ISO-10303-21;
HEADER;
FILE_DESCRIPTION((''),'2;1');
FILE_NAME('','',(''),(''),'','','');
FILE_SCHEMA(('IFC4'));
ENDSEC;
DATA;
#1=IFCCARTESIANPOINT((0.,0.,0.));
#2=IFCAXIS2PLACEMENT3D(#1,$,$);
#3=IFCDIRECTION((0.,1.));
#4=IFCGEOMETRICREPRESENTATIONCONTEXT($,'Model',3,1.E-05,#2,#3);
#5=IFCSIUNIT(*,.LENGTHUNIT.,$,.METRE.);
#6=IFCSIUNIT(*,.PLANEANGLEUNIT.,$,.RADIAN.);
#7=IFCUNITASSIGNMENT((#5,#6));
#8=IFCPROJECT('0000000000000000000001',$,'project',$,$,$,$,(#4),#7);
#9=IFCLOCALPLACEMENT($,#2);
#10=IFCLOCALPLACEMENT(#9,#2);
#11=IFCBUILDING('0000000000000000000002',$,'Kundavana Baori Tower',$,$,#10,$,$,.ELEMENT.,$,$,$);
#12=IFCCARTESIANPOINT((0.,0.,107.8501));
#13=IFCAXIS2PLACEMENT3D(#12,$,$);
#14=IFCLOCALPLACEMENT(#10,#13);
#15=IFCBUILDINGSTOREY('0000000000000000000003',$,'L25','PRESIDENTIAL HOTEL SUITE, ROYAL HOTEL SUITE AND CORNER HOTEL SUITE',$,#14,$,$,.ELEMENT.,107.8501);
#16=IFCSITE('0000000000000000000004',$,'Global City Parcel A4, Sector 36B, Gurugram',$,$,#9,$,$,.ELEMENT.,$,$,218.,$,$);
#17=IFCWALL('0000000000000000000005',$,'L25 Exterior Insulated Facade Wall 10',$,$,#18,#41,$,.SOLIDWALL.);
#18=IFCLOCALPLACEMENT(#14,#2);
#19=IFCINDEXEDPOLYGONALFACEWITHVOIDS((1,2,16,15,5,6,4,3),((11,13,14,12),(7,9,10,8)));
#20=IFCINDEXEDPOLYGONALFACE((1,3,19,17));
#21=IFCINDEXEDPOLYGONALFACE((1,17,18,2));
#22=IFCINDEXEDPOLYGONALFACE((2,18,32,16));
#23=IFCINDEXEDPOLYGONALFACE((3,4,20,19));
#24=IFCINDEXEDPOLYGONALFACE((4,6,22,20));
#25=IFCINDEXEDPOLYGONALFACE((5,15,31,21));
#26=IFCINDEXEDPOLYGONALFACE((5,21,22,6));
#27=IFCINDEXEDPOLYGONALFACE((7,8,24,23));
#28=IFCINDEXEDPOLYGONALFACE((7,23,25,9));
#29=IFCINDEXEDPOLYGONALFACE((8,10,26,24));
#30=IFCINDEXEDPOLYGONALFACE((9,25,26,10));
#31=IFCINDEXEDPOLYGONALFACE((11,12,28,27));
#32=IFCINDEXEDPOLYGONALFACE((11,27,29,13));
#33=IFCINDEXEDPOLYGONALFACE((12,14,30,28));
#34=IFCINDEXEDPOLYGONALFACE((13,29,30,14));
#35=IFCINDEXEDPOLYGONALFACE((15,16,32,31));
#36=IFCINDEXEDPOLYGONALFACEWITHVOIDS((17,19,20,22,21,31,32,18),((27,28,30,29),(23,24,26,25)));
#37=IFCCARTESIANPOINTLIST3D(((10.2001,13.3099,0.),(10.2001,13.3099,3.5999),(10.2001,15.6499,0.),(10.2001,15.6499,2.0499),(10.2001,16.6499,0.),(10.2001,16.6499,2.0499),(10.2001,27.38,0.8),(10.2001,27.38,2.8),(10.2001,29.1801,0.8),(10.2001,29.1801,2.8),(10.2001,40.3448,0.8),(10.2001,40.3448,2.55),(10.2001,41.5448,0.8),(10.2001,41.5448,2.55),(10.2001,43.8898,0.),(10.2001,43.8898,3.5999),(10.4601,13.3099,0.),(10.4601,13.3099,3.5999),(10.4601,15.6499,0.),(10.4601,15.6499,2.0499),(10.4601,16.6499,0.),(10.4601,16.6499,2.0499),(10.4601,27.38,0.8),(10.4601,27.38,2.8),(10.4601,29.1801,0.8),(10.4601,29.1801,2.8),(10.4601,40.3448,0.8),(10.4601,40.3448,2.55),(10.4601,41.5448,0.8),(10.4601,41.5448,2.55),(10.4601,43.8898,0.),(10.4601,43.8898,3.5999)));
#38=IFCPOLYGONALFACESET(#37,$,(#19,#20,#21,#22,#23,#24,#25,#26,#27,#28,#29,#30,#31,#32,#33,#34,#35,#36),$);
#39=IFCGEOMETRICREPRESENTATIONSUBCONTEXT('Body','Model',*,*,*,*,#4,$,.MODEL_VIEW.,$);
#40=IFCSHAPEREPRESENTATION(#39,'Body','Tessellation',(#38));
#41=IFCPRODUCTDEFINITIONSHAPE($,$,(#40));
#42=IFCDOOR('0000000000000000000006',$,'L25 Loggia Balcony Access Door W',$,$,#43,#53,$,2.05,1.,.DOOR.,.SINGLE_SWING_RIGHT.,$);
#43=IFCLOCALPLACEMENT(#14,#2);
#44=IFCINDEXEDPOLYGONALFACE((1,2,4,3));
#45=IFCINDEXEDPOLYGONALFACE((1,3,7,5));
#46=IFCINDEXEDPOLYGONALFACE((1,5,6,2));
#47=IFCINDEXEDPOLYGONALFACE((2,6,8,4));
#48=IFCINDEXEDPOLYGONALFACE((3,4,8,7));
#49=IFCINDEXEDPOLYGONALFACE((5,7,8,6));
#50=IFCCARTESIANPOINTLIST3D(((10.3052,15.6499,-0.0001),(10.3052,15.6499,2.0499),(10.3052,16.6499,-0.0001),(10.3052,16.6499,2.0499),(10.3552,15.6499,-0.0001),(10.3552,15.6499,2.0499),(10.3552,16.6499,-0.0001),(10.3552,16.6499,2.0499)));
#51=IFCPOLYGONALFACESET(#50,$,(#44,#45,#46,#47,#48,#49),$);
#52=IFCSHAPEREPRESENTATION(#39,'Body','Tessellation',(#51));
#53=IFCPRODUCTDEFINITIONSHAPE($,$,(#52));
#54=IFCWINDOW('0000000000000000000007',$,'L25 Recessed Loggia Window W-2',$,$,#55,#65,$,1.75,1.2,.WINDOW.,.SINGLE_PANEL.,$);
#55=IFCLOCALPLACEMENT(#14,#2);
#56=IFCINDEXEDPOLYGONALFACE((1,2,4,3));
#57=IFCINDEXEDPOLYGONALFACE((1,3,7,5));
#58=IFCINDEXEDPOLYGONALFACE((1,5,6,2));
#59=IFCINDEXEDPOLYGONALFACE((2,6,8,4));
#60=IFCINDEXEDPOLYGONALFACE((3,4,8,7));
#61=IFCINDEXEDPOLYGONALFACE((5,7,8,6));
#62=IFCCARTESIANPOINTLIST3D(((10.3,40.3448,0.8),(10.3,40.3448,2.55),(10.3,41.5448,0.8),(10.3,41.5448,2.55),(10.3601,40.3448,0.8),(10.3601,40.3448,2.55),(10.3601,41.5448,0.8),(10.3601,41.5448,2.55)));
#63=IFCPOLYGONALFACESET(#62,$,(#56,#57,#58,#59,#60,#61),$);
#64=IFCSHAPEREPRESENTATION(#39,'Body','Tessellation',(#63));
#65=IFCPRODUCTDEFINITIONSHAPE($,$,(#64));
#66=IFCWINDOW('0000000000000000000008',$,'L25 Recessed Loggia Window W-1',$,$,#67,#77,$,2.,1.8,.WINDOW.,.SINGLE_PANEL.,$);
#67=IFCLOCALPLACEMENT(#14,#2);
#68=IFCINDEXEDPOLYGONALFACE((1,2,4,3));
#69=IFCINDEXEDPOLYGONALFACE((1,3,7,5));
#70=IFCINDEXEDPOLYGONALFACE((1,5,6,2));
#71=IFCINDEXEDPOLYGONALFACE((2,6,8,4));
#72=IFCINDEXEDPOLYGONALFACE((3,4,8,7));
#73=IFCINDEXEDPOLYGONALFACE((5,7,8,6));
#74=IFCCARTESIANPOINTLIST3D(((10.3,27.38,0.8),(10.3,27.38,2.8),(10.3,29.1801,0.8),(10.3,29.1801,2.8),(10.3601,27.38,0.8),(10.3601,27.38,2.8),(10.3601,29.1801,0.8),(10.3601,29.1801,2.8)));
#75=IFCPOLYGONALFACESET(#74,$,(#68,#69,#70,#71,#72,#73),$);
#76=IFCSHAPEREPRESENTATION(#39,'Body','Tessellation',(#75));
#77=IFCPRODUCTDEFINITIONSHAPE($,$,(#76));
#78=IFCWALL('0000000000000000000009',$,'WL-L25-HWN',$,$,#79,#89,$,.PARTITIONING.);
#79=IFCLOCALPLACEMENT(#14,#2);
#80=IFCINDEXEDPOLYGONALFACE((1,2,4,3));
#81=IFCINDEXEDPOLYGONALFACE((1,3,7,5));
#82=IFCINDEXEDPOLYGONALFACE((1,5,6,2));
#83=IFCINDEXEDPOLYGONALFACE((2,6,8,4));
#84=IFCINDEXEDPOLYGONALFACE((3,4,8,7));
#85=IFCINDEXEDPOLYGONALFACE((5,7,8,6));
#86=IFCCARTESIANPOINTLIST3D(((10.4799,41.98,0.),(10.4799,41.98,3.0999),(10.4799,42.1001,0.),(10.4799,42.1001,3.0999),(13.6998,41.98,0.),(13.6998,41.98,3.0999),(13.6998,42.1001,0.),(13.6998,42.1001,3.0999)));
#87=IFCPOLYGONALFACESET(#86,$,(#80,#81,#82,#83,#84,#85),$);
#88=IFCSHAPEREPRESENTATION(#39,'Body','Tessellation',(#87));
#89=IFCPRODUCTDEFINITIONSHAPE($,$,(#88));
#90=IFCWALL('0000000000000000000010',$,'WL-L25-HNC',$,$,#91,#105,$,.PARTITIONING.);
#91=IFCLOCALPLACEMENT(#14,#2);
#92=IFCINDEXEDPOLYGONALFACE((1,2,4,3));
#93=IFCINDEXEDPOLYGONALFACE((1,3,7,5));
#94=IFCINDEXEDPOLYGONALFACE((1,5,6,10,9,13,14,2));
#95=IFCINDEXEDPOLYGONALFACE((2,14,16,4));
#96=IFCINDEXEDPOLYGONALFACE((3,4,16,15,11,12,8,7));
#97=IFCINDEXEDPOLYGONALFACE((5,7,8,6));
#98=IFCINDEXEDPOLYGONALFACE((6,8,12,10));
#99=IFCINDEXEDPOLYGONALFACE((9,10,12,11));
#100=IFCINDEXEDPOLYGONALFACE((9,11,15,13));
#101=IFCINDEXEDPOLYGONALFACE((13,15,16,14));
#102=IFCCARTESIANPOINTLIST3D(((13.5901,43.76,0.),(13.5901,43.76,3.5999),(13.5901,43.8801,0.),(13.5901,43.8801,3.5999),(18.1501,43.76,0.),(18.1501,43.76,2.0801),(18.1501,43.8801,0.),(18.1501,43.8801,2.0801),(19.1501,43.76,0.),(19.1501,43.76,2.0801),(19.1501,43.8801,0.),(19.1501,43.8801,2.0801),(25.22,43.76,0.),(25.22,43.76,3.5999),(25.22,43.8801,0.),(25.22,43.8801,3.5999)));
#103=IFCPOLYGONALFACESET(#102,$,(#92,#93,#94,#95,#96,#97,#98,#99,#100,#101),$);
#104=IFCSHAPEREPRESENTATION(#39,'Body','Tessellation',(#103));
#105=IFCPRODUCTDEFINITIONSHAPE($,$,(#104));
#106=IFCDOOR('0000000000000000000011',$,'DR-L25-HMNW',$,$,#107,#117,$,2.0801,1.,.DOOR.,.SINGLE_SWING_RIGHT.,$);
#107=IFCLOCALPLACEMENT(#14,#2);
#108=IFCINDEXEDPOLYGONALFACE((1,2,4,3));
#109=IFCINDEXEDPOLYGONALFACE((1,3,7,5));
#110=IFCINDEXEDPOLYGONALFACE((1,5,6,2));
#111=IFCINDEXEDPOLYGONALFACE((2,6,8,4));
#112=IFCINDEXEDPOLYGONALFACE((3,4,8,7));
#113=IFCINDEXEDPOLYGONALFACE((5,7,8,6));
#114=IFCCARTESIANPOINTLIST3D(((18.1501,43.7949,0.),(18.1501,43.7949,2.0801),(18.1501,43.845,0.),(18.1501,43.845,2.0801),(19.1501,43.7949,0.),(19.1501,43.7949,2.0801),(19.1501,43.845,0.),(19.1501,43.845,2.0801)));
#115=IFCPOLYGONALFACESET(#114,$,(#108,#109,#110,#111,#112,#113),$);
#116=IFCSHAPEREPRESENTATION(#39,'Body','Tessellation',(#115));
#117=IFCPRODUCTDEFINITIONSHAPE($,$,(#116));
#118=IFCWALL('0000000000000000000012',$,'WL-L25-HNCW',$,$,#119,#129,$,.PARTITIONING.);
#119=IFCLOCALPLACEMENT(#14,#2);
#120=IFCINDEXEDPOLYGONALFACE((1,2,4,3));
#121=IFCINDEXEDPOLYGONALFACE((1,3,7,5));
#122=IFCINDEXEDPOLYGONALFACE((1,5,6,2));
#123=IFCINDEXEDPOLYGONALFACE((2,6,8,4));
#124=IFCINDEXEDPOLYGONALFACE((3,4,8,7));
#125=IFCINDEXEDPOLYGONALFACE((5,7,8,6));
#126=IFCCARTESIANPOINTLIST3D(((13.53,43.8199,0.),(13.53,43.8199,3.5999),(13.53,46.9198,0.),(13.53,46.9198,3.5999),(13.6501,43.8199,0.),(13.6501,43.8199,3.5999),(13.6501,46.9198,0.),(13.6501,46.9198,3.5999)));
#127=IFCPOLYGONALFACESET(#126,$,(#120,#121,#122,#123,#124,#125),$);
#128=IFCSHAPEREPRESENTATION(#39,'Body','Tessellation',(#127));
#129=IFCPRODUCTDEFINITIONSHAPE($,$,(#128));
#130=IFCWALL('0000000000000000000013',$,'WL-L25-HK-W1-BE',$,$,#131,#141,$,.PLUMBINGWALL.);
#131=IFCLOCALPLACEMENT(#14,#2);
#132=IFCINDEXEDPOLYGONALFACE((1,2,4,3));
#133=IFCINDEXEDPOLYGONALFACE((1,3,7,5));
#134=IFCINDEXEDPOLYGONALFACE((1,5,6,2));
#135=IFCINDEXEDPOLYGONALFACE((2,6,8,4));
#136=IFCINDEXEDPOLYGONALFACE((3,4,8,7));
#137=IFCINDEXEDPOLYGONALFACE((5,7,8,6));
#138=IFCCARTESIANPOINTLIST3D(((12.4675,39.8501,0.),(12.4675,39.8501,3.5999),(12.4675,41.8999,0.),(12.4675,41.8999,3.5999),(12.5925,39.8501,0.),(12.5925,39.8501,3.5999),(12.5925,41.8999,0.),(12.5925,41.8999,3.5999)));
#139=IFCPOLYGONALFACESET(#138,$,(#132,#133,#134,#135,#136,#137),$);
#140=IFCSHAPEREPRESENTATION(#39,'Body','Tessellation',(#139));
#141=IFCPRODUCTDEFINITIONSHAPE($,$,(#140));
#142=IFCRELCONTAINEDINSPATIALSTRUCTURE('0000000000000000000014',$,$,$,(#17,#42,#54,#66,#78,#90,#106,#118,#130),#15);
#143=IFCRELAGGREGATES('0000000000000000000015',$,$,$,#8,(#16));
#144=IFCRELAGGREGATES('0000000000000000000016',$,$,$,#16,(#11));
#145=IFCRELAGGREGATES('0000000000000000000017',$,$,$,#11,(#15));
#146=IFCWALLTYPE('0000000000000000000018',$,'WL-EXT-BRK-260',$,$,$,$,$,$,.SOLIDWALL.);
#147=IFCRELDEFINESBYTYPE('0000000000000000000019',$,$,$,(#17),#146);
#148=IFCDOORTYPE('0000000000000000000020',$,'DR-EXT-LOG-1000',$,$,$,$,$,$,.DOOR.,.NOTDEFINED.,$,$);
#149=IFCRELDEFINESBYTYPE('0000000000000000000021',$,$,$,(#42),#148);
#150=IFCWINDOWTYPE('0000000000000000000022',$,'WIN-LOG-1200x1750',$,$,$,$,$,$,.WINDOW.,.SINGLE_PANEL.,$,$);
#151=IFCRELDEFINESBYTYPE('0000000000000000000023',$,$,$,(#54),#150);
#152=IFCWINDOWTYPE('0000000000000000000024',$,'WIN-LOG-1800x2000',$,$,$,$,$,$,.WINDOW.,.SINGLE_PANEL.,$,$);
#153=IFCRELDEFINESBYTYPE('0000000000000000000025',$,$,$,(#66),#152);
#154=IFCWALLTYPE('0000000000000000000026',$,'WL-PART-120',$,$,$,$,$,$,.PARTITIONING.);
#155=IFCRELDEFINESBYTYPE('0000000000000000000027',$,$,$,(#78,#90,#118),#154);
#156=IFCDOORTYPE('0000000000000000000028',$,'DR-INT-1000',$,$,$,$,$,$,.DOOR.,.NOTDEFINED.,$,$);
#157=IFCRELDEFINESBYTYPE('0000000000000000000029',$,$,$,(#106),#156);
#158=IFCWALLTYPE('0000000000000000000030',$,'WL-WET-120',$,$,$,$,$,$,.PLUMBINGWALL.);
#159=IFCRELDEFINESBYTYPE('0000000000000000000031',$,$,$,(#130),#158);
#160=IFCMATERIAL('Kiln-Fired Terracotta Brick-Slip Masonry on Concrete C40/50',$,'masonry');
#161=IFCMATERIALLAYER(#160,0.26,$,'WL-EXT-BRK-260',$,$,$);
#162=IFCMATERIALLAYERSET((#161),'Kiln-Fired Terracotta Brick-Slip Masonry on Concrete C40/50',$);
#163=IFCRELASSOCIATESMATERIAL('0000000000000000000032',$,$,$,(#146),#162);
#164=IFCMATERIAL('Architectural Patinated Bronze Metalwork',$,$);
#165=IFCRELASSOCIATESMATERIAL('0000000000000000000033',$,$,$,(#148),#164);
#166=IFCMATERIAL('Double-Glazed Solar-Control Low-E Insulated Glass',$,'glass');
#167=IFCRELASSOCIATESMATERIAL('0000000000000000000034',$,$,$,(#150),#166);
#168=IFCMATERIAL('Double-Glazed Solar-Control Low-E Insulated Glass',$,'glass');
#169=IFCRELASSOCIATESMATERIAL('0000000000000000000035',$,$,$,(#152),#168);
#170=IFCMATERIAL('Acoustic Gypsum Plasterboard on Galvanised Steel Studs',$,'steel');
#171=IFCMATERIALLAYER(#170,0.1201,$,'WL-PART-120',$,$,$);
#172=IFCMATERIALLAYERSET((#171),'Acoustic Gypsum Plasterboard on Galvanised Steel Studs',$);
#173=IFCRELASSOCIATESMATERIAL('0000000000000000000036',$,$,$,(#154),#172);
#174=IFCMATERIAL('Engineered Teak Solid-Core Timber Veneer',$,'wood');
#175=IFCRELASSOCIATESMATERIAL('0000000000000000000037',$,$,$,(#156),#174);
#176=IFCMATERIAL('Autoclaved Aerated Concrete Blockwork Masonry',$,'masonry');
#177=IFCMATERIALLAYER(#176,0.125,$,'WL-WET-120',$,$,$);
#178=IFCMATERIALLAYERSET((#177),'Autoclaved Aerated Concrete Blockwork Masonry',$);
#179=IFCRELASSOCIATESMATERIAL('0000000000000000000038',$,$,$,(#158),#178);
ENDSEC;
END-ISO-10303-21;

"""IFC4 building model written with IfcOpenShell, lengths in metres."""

from ifc_helpers import new_model, si_unit, direction, frame, frame_2d, origin, place, context, subcontext, project, spatial, rectangle, extrude, material, layer, layer_set, type_object, element, fill, save


model = new_model("IFC4")

# Units and contexts
model_context = context("Model", 3, precision=1e-05, world=origin(), true_north=direction((0.0, 1.0)))
body_context = subcontext(model_context, "Body", "Model", "MODEL_VIEW")
ifc_project = project(units=[si_unit("LENGTHUNIT", "METRE"), si_unit("PLANEANGLEUNIT", "RADIAN")], contexts=[model_context])

# Site, building, storey
site_placement = place(None, origin())
site = spatial("IfcSite", under=ifc_project, at=site_placement, Name="Global City Parcel A4, Sector 36B, Gurugram", CompositionType="ELEMENT", RefElevation=218.0)
building_placement = place(site_placement, origin())
building = spatial("IfcBuilding", under=site, at=building_placement, Name="Kundavana Baori Tower", CompositionType="ELEMENT")
storey_placement = place(building_placement, frame((0.0, 0.0, 107.8501)))
storey = spatial("IfcBuildingStorey", under=building, at=storey_placement, Name="L25", Description="PRESIDENTIAL HOTEL SUITE, ROYAL HOTEL SUITE AND CORNER HOTEL SUITE", CompositionType="ELEMENT", Elevation=107.8501)

# Shared definitions
ifc_material_1 = material(Name="Kiln-Fired Terracotta Brick-Slip Masonry on Concrete C40/50", Category="masonry")
ifc_layer_1 = layer(ifc_material_1, 0.26, Name="WL-EXT-BRK-260")
ifc_layer_set_1 = layer_set([ifc_layer_1], Name="Kiln-Fired Terracotta Brick-Slip Masonry on Concrete C40/50")
wall_type_1 = type_object("IfcWallType", Name="WL-EXT-BRK-260", PredefinedType="SOLIDWALL", material=ifc_layer_set_1)

# Wall, openings, door, windows
wall_1_placement = place(storey_placement, frame((10.3301, 43.8899, 0.0), z_axis=(0.0, 0.0, 1.0), x_axis=(0.0, -1.0, 0.0)))
wall_1 = element("IfcWall", 1, at=wall_1_placement, inside=storey, type_object=wall_type_1, Name="L25 Exterior Insulated Facade Wall 10", PredefinedType="SOLIDWALL", context=body_context, shape_type="SweptSolid", body=[
    extrude(rectangle(XDim=30.5798, YDim=0.26, at=frame_2d((15.29, 0.0))), origin(), (0.0, 0.0, 1.0), 3.5999),
])
opening_1_placement = place(wall_1_placement, frame((27.24, 0.0, 0.0)))
opening_1 = element("IfcOpeningElement", 2, at=opening_1_placement, cuts=wall_1, PredefinedType="OPENING", context=body_context, shape_type="SweptSolid", body=[
    extrude(rectangle(XDim=1.0, YDim=2.05, at=frame_2d((0.5, 1.0249))), frame((0.0, 0.1401, 0.0), z_axis=(0.0, -1.0, 0.0), x_axis=(1.0, 0.0, 0.0)), (0.0, 0.0, 1.0), 0.28),
])
opening_2_placement = place(wall_1_placement, frame((14.71, 0.0, 0.8)))
opening_2 = element("IfcOpeningElement", 3, at=opening_2_placement, cuts=wall_1, PredefinedType="OPENING", context=body_context, shape_type="SweptSolid", body=[
    extrude(rectangle(XDim=1.8, YDim=2.0, at=frame_2d((0.8999, 1.0))), frame((0.0, 0.1401, 0.0), z_axis=(0.0, -1.0, 0.0), x_axis=(1.0, 0.0, 0.0)), (0.0, 0.0, 1.0), 0.28),
])
opening_3_placement = place(wall_1_placement, frame((2.345, 0.0, 0.8)))
opening_3 = element("IfcOpeningElement", 4, at=opening_3_placement, cuts=wall_1, PredefinedType="OPENING", context=body_context, shape_type="SweptSolid", body=[
    extrude(rectangle(XDim=1.2, YDim=1.75, at=frame_2d((0.6001, 0.875))), frame((0.0, 0.1401, 0.0), z_axis=(0.0, -1.0, 0.0), x_axis=(1.0, 0.0, 0.0)), (0.0, 0.0, 1.0), 0.28),
])
ifc_material_2 = material(Name="Architectural Patinated Bronze Metalwork")
door_type_1 = type_object("IfcDoorType", Name="DR-EXT-LOG-1000", OperationType="NOTDEFINED", PredefinedType="DOOR", material=ifc_material_2)
door_1_placement = place(opening_1_placement, frame((1.0, 0.0, 0.0), z_axis=(0.0, 0.0, 1.0), x_axis=(-1.0, 0.0, 0.0)))
door_1 = element("IfcDoor", 5, at=door_1_placement, inside=storey, type_object=door_type_1, Name="L25 Loggia Balcony Access Door W", OperationType="SINGLE_SWING_RIGHT", OverallHeight=2.05, OverallWidth=1.0, PredefinedType="DOOR", context=body_context, shape_type="SweptSolid", body=[
    extrude(rectangle(XDim=1.0, YDim=2.05, at=frame_2d((0.5, 1.0249))), frame((0.0, 0.0249, 0.0), z_axis=(0.0, -1.0, 0.0), x_axis=(1.0, 0.0, 0.0)), (0.0, 0.0, 1.0), 0.05),
])
fill(opening_1, door_1)
ifc_material_3 = material(Name="Double-Glazed Solar-Control Low-E Insulated Glass", Category="glass")
window_type_1 = type_object("IfcWindowType", Name="WIN-LOG-1200x1750", PartitioningType="SINGLE_PANEL", PredefinedType="WINDOW", material=ifc_material_3)
window_1_placement = place(opening_3_placement, origin())
window_1 = element("IfcWindow", 6, at=window_1_placement, inside=storey, type_object=window_type_1, Name="L25 Recessed Loggia Window W-2", OverallHeight=1.75, OverallWidth=1.2, PartitioningType="SINGLE_PANEL", PredefinedType="WINDOW", context=body_context, shape_type="SweptSolid", body=[
    extrude(rectangle(XDim=1.2, YDim=1.75, at=frame_2d((0.6001, 0.875))), frame((0.0, 0.03, 0.0), z_axis=(0.0, -1.0, 0.0), x_axis=(1.0, 0.0, 0.0)), (0.0, 0.0, 1.0), 0.0601),
])
fill(opening_3, window_1)
ifc_material_4 = material(Name="Double-Glazed Solar-Control Low-E Insulated Glass", Category="glass")
window_type_2 = type_object("IfcWindowType", Name="WIN-LOG-1800x2000", PartitioningType="SINGLE_PANEL", PredefinedType="WINDOW", material=ifc_material_4)
window_2_placement = place(opening_2_placement, origin())
window_2 = element("IfcWindow", 7, at=window_2_placement, inside=storey, type_object=window_type_2, Name="L25 Recessed Loggia Window W-1", OverallHeight=2.0, OverallWidth=1.8, PartitioningType="SINGLE_PANEL", PredefinedType="WINDOW", context=body_context, shape_type="SweptSolid", body=[
    extrude(rectangle(XDim=1.8, YDim=2.0, at=frame_2d((0.8999, 1.0))), frame((0.0, 0.03, 0.0), z_axis=(0.0, -1.0, 0.0), x_axis=(1.0, 0.0, 0.0)), (0.0, 0.0, 1.0), 0.0601),
])
fill(opening_2, window_2)

# Wall
ifc_material_5 = material(Name="Acoustic Gypsum Plasterboard on Galvanised Steel Studs", Category="steel")
ifc_layer_2 = layer(ifc_material_5, 0.1201, Name="WL-PART-120")
ifc_layer_set_2 = layer_set([ifc_layer_2], Name="Acoustic Gypsum Plasterboard on Galvanised Steel Studs")
wall_type_2 = type_object("IfcWallType", Name="WL-PART-120", PredefinedType="PARTITIONING", material=ifc_layer_set_2)
wall_2_placement = place(storey_placement, frame((10.48, 42.04, 0.0), z_axis=(0.0, 0.0, 1.0), x_axis=(1.0, 0.0, 0.0)))
element("IfcWall", 8, at=wall_2_placement, inside=storey, type_object=wall_type_2, Name="WL-L25-HWN", PredefinedType="PARTITIONING", context=body_context, shape_type="SweptSolid", body=[
    extrude(rectangle(XDim=3.22, YDim=0.1201, at=frame_2d((1.6099, 0.0))), origin(), (0.0, 0.0, 1.0), 3.0999),
])

# Wall, opening, door
wall_3_placement = place(storey_placement, frame((13.5901, 43.8201, 0.0), z_axis=(0.0, 0.0, 1.0), x_axis=(1.0, 0.0, 0.0)))
wall_3 = element("IfcWall", 9, at=wall_3_placement, inside=storey, type_object=wall_type_2, Name="WL-L25-HNC", PredefinedType="PARTITIONING", context=body_context, shape_type="SweptSolid", body=[
    extrude(rectangle(XDim=11.6299, YDim=0.1201, at=frame_2d((5.8149, 0.0))), origin(), (0.0, 0.0, 1.0), 3.5999),
])
opening_4_placement = place(wall_3_placement, frame((4.5601, 0.0, 0.0)))
opening_4 = element("IfcOpeningElement", 10, at=opening_4_placement, cuts=wall_3, PredefinedType="OPENING", context=body_context, shape_type="SweptSolid", body=[
    extrude(rectangle(XDim=1.0, YDim=2.0801, at=frame_2d((0.5, 1.04))), frame((0.0, 0.0701, 0.0), z_axis=(0.0, -1.0, 0.0), x_axis=(1.0, 0.0, 0.0)), (0.0, 0.0, 1.0), 0.1401),
])
ifc_material_6 = material(Name="Engineered Teak Solid-Core Timber Veneer", Category="wood")
door_type_2 = type_object("IfcDoorType", Name="DR-INT-1000", OperationType="NOTDEFINED", PredefinedType="DOOR", material=ifc_material_6)
door_2_placement = place(opening_4_placement, origin())
door_2 = element("IfcDoor", 11, at=door_2_placement, inside=storey, type_object=door_type_2, Name="DR-L25-HMNW", OperationType="SINGLE_SWING_RIGHT", OverallHeight=2.0801, OverallWidth=1.0, PredefinedType="DOOR", context=body_context, shape_type="SweptSolid", body=[
    extrude(rectangle(XDim=1.0, YDim=2.0801, at=frame_2d((0.5, 1.04))), frame((0.0, 0.0249, 0.0), z_axis=(0.0, -1.0, 0.0), x_axis=(1.0, 0.0, 0.0)), (0.0, 0.0, 1.0), 0.05),
])
fill(opening_4, door_2)

# Walls
wall_4_placement = place(storey_placement, frame((13.5901, 43.8201, 0.0), z_axis=(0.0, 0.0, 1.0), x_axis=(0.0, 1.0, 0.0)))
element("IfcWall", 12, at=wall_4_placement, inside=storey, type_object=wall_type_2, Name="WL-L25-HNCW", PredefinedType="PARTITIONING", context=body_context, shape_type="SweptSolid", body=[
    extrude(rectangle(XDim=3.0999, YDim=0.1201, at=frame_2d((1.5498, 0.0))), origin(), (0.0, 0.0, 1.0), 3.5999),
])
ifc_material_7 = material(Name="Autoclaved Aerated Concrete Blockwork Masonry", Category="masonry")
ifc_layer_3 = layer(ifc_material_7, 0.125, Name="WL-WET-120")
ifc_layer_set_3 = layer_set([ifc_layer_3], Name="Autoclaved Aerated Concrete Blockwork Masonry")
wall_type_3 = type_object("IfcWallType", Name="WL-WET-120", PredefinedType="PLUMBINGWALL", material=ifc_layer_set_3)
wall_5_placement = place(storey_placement, frame((12.53, 39.8501, 0.0), z_axis=(0.0, 0.0, 1.0), x_axis=(0.0, 1.0, 0.0)))
element("IfcWall", 13, at=wall_5_placement, inside=storey, type_object=wall_type_3, Name="WL-L25-HK-W1-BE", PredefinedType="PLUMBINGWALL", context=body_context, shape_type="SweptSolid", body=[
    extrude(rectangle(XDim=2.0498, YDim=0.125, at=frame_2d((1.0249, 0.0))), origin(), (0.0, 0.0, 1.0), 3.5999),
])

save(model, "model.ifc")
